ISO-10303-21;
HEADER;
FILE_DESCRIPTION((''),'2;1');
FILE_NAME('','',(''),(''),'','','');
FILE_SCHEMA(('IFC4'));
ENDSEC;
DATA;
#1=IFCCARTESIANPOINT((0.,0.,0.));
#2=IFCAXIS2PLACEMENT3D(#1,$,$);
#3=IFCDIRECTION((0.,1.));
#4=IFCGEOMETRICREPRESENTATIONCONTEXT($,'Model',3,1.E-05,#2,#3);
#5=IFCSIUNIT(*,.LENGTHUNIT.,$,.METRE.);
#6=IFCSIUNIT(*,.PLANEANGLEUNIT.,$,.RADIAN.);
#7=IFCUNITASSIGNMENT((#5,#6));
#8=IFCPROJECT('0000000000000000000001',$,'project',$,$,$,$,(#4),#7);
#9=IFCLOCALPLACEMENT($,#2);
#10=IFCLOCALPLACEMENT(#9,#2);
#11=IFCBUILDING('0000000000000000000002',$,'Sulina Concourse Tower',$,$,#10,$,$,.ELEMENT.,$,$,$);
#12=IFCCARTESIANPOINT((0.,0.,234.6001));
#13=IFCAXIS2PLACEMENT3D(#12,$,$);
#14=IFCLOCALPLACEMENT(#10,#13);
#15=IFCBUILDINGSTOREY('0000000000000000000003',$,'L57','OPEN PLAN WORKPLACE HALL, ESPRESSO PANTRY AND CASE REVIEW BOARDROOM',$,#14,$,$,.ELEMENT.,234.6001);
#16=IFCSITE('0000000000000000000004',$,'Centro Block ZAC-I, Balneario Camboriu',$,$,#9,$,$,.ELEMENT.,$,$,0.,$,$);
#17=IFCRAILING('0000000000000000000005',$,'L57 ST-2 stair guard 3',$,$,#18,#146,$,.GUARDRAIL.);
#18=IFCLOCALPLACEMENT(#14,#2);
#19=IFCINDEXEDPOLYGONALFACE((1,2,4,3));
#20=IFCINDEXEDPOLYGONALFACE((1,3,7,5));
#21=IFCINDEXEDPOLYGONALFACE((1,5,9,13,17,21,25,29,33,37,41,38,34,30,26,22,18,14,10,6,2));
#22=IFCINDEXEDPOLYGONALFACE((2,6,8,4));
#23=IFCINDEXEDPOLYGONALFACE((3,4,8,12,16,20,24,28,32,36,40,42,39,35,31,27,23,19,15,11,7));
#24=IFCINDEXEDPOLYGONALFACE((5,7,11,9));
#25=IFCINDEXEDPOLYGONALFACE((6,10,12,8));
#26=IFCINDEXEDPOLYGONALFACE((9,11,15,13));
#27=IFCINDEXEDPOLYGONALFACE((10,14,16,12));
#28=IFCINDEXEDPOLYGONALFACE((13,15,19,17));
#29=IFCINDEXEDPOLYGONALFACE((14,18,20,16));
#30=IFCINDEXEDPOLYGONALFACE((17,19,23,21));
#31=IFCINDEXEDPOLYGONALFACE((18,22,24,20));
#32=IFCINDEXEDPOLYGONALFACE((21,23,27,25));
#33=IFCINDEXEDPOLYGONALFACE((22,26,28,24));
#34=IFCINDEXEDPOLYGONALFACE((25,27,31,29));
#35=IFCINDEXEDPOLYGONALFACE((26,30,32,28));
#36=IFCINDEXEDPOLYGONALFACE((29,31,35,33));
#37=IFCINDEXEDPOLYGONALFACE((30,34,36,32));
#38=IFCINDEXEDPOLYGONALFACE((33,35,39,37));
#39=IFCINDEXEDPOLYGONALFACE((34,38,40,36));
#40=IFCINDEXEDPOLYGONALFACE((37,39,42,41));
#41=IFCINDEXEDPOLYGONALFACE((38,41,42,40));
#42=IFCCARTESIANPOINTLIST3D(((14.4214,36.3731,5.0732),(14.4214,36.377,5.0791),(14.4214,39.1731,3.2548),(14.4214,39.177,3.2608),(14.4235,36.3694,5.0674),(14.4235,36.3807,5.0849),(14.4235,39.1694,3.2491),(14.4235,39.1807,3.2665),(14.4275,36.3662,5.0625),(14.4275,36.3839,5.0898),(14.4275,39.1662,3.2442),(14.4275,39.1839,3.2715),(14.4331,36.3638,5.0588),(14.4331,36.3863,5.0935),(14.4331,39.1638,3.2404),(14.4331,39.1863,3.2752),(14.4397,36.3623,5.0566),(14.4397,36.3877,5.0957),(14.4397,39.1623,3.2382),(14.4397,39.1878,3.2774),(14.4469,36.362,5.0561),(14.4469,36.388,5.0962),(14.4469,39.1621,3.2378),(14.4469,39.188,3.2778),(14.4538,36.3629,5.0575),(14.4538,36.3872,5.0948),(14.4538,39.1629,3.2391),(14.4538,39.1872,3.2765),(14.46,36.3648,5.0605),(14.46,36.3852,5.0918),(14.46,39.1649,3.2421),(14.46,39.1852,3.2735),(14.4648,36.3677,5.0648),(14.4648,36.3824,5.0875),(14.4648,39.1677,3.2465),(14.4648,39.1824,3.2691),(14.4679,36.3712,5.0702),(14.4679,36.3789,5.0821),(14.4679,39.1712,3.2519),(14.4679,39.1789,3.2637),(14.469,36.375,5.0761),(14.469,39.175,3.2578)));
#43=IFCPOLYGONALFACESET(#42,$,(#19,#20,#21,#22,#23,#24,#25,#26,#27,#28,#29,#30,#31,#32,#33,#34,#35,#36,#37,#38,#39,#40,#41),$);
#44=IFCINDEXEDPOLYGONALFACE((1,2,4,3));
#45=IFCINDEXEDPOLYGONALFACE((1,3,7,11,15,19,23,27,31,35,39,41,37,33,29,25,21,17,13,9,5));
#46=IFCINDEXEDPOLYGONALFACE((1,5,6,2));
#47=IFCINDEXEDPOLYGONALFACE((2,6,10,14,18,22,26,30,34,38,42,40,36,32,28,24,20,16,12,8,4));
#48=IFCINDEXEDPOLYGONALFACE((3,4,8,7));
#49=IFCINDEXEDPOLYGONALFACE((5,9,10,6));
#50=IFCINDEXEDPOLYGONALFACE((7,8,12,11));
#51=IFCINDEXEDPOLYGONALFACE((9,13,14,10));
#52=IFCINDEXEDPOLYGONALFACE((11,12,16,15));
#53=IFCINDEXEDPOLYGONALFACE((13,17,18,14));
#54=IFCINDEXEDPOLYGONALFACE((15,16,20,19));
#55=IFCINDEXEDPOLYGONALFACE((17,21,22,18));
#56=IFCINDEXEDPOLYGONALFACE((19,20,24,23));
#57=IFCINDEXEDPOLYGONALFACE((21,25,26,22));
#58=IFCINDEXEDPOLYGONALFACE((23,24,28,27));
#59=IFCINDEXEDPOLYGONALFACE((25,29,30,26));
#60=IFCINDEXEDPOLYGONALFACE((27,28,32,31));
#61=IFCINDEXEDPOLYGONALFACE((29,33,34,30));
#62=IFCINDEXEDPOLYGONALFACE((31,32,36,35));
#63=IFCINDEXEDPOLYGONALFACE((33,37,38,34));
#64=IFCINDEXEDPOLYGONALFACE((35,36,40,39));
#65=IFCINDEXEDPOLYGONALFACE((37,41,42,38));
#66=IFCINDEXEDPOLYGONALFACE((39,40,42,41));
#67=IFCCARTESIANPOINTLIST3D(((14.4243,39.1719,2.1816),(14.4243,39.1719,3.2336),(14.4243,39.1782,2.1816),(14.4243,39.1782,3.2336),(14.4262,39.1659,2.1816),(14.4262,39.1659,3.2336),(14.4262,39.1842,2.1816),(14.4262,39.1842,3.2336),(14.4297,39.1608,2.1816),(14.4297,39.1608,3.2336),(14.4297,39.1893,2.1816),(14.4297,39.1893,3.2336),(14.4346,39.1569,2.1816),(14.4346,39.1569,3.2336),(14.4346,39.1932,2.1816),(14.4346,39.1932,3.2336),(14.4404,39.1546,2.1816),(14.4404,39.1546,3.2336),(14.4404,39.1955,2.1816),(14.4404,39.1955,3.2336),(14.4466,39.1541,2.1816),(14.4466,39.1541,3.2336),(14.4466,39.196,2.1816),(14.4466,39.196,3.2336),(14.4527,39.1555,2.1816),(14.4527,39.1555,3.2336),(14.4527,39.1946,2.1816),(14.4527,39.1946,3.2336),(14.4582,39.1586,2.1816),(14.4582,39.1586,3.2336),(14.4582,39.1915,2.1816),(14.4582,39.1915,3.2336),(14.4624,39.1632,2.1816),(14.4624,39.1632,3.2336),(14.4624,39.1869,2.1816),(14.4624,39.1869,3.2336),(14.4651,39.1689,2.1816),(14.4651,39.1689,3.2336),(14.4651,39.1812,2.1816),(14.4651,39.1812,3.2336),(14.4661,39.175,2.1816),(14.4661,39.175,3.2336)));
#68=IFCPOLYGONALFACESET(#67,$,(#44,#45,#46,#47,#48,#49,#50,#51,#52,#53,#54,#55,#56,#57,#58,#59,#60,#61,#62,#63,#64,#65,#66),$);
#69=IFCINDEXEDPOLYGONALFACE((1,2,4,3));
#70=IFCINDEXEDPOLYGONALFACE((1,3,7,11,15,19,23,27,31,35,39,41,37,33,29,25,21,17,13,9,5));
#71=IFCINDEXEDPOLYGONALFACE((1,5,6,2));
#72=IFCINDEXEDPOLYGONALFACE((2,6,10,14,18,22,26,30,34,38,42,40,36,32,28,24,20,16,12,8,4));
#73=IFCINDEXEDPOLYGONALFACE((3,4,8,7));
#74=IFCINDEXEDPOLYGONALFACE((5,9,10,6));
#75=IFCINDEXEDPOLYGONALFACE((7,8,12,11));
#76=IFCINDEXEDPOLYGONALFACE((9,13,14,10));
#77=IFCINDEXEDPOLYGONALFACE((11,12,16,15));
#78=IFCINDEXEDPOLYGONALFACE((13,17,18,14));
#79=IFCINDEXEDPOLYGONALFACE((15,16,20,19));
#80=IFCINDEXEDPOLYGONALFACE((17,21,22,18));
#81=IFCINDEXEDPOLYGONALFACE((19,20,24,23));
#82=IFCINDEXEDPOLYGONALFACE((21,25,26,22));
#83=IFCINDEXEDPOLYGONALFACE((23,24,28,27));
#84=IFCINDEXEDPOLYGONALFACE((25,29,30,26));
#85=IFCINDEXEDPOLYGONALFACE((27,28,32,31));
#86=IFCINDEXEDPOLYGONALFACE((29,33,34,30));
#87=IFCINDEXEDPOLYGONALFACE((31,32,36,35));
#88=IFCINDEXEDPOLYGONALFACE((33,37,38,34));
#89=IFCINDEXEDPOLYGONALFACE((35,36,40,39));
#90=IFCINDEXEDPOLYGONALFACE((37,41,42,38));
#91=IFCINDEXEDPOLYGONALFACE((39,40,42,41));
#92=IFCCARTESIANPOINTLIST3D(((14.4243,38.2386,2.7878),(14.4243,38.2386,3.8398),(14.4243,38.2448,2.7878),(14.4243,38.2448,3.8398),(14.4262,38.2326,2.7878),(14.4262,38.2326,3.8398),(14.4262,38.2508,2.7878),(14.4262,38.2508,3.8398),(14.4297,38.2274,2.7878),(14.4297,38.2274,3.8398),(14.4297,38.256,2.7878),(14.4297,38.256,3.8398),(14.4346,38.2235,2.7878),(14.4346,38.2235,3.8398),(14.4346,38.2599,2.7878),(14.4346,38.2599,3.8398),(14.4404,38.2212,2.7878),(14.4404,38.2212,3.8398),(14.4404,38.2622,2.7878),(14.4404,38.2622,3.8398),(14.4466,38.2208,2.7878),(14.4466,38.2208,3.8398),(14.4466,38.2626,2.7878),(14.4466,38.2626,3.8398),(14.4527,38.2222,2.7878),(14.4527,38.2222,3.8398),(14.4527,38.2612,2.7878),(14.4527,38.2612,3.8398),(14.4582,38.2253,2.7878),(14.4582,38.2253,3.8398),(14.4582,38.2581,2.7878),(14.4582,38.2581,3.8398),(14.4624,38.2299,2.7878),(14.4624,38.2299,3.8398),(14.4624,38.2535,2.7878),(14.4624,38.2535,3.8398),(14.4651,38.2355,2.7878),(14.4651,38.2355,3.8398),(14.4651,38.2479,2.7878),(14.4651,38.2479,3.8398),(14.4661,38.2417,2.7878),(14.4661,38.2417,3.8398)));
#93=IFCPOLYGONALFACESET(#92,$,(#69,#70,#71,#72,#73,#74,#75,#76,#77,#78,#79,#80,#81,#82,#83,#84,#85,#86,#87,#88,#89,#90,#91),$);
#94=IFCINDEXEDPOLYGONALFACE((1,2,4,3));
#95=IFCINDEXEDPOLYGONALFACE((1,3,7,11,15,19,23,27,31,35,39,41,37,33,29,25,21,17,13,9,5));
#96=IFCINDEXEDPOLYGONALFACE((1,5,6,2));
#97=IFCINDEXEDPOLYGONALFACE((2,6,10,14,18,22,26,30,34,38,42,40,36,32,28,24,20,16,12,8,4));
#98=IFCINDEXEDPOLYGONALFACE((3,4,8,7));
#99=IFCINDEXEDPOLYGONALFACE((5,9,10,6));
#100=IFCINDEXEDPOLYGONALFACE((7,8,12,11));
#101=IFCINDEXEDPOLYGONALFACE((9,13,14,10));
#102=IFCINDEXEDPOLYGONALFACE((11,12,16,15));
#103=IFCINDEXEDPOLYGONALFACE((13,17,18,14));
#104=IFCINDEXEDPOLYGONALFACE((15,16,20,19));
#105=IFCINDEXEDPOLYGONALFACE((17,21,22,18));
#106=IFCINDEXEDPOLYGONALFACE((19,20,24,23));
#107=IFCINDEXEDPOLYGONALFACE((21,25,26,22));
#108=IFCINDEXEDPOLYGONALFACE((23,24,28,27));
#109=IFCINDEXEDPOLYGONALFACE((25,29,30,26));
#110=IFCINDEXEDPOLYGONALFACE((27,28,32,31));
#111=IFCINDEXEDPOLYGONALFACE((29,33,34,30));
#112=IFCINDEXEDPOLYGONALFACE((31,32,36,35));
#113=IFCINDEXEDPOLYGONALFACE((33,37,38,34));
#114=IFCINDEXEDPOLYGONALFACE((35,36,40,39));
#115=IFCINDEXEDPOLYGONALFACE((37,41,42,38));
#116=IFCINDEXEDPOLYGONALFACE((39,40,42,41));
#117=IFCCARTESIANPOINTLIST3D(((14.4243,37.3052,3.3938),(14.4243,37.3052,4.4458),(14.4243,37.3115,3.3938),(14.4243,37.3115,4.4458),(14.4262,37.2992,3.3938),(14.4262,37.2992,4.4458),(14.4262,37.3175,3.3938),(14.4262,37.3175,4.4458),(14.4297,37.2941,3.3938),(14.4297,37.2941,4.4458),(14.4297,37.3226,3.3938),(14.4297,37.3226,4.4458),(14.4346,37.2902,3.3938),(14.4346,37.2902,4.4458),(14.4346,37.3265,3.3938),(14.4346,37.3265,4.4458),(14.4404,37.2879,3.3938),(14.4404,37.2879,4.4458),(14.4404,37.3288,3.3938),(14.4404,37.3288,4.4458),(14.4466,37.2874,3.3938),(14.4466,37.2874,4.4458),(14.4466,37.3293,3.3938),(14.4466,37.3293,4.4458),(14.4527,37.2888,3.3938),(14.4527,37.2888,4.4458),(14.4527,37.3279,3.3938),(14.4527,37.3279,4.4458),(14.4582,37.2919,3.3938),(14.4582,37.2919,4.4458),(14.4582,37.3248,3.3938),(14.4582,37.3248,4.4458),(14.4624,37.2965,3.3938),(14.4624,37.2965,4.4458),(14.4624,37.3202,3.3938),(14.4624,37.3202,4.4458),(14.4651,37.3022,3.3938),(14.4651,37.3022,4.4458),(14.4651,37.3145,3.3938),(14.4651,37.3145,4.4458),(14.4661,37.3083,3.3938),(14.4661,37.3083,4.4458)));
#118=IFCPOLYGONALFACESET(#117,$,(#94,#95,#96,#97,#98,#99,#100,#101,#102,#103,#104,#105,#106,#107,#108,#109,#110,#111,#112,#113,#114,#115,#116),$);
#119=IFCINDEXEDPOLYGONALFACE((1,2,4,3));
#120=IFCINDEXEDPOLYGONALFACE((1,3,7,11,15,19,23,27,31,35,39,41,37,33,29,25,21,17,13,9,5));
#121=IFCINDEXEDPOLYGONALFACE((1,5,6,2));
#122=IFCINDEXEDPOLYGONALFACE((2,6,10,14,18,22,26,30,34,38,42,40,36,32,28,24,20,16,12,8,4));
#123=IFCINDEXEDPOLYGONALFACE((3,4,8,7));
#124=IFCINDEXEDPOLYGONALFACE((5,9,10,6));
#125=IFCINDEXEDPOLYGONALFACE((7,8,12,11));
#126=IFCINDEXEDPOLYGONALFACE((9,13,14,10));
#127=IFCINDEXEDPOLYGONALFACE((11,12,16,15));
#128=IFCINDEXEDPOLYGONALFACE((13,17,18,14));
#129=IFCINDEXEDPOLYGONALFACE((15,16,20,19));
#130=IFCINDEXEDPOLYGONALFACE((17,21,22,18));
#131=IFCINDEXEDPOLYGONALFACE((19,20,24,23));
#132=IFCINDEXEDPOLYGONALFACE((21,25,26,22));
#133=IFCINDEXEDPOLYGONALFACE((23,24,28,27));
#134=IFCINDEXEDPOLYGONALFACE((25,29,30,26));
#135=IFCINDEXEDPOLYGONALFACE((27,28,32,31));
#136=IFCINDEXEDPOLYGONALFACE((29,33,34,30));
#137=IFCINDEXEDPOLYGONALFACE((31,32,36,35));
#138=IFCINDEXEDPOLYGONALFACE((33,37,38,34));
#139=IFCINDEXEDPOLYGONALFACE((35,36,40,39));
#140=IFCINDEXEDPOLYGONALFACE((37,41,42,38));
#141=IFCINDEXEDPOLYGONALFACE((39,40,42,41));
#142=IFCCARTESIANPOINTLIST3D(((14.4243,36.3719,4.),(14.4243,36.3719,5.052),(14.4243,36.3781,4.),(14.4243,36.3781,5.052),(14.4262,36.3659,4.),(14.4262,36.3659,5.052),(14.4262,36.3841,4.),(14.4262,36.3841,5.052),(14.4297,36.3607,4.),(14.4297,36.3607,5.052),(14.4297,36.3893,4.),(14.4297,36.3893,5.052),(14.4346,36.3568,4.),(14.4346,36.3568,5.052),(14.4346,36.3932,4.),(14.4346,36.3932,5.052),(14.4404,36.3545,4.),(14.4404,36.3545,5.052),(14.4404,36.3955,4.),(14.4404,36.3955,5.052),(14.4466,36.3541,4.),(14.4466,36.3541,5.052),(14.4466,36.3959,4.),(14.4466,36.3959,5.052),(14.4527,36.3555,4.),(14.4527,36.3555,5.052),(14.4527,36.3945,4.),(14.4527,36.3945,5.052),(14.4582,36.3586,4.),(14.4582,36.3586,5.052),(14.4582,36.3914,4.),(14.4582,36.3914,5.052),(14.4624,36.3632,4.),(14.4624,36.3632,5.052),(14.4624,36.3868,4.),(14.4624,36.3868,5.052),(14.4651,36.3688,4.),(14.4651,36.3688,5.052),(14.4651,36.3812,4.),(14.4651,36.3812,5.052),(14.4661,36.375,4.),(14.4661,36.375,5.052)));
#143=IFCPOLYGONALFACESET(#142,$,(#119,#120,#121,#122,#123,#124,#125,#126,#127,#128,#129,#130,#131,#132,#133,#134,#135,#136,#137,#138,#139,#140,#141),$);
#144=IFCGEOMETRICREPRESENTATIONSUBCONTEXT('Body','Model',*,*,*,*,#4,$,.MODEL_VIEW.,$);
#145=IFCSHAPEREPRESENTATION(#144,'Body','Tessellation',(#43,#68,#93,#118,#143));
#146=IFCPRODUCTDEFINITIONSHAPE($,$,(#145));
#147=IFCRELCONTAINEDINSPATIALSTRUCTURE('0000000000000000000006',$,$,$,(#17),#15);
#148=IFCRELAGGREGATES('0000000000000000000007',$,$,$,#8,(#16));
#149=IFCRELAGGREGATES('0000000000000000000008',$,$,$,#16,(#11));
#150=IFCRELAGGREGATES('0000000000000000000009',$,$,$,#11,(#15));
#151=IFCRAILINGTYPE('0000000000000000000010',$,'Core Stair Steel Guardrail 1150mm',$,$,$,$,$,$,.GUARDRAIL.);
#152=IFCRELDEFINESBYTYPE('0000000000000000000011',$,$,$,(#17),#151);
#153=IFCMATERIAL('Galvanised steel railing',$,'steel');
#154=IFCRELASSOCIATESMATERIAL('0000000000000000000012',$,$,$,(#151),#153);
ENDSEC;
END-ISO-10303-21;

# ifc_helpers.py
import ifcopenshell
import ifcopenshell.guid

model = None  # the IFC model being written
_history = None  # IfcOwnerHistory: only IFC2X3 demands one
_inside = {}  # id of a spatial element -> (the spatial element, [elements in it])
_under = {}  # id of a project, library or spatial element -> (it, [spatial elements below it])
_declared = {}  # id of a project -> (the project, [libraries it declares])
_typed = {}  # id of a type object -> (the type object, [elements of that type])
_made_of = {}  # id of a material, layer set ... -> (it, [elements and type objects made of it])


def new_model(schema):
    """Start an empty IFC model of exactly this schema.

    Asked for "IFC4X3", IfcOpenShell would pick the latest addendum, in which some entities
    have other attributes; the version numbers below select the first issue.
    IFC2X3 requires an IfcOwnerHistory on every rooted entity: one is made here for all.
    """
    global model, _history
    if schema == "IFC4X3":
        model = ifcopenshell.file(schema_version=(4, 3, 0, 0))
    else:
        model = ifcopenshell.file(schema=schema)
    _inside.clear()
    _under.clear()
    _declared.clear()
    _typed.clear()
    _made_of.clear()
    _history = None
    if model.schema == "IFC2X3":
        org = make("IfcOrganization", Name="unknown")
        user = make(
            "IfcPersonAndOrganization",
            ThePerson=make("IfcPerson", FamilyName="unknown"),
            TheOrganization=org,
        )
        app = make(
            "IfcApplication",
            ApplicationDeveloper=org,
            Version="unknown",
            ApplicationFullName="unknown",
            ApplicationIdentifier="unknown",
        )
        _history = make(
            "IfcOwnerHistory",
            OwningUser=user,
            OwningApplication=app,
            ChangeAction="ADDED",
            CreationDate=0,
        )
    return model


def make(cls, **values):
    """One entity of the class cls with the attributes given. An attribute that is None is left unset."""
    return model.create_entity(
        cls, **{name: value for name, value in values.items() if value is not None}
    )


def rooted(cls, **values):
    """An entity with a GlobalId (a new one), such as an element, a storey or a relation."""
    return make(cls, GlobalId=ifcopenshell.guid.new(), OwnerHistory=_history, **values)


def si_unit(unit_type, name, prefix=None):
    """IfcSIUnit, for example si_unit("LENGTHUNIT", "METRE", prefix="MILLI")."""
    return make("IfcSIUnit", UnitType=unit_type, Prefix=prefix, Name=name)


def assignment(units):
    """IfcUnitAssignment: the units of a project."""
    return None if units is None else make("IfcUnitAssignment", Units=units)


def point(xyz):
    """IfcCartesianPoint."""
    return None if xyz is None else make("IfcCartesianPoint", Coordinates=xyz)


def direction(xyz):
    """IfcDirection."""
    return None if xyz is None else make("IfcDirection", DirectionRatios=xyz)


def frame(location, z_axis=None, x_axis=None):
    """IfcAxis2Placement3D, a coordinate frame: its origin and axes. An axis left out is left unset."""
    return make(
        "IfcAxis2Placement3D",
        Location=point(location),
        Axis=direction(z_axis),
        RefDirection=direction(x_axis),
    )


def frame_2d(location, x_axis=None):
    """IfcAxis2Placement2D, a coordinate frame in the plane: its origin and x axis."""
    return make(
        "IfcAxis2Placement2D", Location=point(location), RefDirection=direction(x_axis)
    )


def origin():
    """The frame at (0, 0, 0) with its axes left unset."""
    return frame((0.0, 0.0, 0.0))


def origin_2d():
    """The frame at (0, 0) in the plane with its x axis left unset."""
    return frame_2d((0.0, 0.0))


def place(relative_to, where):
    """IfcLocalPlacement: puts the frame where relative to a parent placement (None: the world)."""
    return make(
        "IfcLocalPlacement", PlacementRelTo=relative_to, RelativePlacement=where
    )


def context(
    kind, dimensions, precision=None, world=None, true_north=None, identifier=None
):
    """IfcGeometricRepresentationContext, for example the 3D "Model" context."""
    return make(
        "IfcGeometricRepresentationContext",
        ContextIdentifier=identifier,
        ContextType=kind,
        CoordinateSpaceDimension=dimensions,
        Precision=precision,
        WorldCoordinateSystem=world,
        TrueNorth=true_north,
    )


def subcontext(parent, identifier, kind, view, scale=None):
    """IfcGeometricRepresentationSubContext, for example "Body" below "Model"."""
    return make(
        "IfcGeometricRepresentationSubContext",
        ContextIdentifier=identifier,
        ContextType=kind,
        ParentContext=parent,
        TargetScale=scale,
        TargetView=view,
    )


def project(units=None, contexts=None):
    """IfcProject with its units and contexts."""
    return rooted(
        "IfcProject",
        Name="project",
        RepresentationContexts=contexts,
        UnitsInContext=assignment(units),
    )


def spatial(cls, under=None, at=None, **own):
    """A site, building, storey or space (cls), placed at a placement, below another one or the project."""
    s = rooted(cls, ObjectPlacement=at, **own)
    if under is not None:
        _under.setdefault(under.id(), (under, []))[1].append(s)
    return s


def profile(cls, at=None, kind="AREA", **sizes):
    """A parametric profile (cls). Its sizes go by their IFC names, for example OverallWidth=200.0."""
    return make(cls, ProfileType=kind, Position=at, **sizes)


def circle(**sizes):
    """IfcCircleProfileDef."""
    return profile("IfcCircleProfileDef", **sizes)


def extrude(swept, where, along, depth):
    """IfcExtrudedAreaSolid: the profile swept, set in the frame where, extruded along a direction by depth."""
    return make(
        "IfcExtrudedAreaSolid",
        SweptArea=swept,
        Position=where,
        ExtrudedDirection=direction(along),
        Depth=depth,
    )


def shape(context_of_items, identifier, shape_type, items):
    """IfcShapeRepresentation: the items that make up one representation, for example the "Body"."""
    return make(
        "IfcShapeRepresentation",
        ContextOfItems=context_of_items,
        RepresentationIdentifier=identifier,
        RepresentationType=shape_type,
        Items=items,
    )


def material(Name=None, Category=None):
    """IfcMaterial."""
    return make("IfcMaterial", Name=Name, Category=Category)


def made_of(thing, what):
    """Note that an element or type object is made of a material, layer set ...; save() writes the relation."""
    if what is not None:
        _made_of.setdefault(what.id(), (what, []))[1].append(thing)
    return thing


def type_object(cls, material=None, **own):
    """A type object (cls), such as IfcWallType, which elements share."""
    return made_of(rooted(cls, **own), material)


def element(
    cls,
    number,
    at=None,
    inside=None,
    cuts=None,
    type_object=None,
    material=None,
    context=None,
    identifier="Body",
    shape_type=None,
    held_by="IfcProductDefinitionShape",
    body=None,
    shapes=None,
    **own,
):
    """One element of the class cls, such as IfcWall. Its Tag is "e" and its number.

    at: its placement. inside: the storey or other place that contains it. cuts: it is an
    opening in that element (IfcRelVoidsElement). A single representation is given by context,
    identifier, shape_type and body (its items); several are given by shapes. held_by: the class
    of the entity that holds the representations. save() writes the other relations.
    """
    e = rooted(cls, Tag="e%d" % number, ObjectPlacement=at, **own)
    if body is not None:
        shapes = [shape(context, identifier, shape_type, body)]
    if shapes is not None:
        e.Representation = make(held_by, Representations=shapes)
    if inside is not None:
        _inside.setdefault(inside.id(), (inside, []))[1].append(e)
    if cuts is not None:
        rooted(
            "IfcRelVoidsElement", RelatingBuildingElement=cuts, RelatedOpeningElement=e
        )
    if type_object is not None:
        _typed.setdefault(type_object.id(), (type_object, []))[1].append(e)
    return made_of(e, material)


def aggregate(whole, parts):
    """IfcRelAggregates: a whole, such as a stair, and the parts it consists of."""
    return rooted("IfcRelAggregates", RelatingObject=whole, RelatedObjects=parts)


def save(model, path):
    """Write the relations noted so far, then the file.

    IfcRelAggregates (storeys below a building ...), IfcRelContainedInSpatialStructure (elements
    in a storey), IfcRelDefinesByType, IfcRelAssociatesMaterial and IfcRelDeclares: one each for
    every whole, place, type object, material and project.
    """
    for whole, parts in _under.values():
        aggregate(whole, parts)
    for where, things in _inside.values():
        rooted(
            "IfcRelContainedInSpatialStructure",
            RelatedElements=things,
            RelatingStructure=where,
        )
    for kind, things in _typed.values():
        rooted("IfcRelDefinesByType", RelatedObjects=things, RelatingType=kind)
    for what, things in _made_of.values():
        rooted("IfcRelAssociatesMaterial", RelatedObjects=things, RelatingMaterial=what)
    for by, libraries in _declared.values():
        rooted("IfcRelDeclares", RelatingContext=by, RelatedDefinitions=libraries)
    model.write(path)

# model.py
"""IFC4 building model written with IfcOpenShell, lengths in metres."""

from ifc_helpers import new_model, si_unit, direction, frame, origin, origin_2d, place, context, subcontext, project, spatial, circle, extrude, material, type_object, element, save


model = new_model("IFC4")

# Units and contexts
model_context = context("Model", 3, precision=1e-05, world=origin(), true_north=direction((0.0, 1.0)))
body_context = subcontext(model_context, "Body", "Model", "MODEL_VIEW")
ifc_project = project(units=[si_unit("LENGTHUNIT", "METRE"), si_unit("PLANEANGLEUNIT", "RADIAN")], contexts=[model_context])

# Site, building, storey
site_placement = place(None, origin())
site = spatial("IfcSite", under=ifc_project, at=site_placement, Name="Centro Block ZAC-I, Balneario Camboriu", CompositionType="ELEMENT", RefElevation=0.0)
building_placement = place(site_placement, origin())
building = spatial("IfcBuilding", under=site, at=building_placement, Name="Sulina Concourse Tower", CompositionType="ELEMENT")
storey_placement = place(building_placement, frame((0.0, 0.0, 234.6001)))
storey = spatial("IfcBuildingStorey", under=building, at=storey_placement, Name="L57", Description="OPEN PLAN WORKPLACE HALL, ESPRESSO PANTRY AND CASE REVIEW BOARDROOM", CompositionType="ELEMENT", Elevation=234.6001)

# Railing
ifc_material_1 = material(Name="Galvanised steel railing", Category="steel")
railing_type_1 = type_object("IfcRailingType", Name="Core Stair Steel Guardrail 1150mm", PredefinedType="GUARDRAIL", material=ifc_material_1)
railing_1_placement = place(storey_placement, frame((14.4451, 39.175, 2.1816)))
element("IfcRailing", 1, at=railing_1_placement, inside=storey, type_object=railing_type_1, Name="L57 ST-2 stair guard 3", PredefinedType="GUARDRAIL", context=body_context, shape_type="SweptSolid", body=[
    extrude(circle(Radius=0.0239, at=origin_2d()), frame((0.0, 0.0, 1.0762), z_axis=(0.0, -0.838672, 0.544636), x_axis=(1.0, 0.0, 0.0)), (0.0, 0.0, 1.0), 3.3386),
    extrude(circle(Radius=0.021, at=origin_2d()), origin(), (0.0, 0.0, 1.0), 1.052),
    extrude(circle(Radius=0.021, at=origin_2d()), frame((0.0, -0.9333, 0.6062)), (0.0, 0.0, 1.0), 1.052),
    extrude(circle(Radius=0.021, at=origin_2d()), frame((0.0, -1.8667, 1.2122)), (0.0, 0.0, 1.0), 1.052),
    extrude(circle(Radius=0.021, at=origin_2d()), frame((0.0, -2.8, 1.8184)), (0.0, 0.0, 1.0), 1.052),
])

save(model, "model.ifc")
